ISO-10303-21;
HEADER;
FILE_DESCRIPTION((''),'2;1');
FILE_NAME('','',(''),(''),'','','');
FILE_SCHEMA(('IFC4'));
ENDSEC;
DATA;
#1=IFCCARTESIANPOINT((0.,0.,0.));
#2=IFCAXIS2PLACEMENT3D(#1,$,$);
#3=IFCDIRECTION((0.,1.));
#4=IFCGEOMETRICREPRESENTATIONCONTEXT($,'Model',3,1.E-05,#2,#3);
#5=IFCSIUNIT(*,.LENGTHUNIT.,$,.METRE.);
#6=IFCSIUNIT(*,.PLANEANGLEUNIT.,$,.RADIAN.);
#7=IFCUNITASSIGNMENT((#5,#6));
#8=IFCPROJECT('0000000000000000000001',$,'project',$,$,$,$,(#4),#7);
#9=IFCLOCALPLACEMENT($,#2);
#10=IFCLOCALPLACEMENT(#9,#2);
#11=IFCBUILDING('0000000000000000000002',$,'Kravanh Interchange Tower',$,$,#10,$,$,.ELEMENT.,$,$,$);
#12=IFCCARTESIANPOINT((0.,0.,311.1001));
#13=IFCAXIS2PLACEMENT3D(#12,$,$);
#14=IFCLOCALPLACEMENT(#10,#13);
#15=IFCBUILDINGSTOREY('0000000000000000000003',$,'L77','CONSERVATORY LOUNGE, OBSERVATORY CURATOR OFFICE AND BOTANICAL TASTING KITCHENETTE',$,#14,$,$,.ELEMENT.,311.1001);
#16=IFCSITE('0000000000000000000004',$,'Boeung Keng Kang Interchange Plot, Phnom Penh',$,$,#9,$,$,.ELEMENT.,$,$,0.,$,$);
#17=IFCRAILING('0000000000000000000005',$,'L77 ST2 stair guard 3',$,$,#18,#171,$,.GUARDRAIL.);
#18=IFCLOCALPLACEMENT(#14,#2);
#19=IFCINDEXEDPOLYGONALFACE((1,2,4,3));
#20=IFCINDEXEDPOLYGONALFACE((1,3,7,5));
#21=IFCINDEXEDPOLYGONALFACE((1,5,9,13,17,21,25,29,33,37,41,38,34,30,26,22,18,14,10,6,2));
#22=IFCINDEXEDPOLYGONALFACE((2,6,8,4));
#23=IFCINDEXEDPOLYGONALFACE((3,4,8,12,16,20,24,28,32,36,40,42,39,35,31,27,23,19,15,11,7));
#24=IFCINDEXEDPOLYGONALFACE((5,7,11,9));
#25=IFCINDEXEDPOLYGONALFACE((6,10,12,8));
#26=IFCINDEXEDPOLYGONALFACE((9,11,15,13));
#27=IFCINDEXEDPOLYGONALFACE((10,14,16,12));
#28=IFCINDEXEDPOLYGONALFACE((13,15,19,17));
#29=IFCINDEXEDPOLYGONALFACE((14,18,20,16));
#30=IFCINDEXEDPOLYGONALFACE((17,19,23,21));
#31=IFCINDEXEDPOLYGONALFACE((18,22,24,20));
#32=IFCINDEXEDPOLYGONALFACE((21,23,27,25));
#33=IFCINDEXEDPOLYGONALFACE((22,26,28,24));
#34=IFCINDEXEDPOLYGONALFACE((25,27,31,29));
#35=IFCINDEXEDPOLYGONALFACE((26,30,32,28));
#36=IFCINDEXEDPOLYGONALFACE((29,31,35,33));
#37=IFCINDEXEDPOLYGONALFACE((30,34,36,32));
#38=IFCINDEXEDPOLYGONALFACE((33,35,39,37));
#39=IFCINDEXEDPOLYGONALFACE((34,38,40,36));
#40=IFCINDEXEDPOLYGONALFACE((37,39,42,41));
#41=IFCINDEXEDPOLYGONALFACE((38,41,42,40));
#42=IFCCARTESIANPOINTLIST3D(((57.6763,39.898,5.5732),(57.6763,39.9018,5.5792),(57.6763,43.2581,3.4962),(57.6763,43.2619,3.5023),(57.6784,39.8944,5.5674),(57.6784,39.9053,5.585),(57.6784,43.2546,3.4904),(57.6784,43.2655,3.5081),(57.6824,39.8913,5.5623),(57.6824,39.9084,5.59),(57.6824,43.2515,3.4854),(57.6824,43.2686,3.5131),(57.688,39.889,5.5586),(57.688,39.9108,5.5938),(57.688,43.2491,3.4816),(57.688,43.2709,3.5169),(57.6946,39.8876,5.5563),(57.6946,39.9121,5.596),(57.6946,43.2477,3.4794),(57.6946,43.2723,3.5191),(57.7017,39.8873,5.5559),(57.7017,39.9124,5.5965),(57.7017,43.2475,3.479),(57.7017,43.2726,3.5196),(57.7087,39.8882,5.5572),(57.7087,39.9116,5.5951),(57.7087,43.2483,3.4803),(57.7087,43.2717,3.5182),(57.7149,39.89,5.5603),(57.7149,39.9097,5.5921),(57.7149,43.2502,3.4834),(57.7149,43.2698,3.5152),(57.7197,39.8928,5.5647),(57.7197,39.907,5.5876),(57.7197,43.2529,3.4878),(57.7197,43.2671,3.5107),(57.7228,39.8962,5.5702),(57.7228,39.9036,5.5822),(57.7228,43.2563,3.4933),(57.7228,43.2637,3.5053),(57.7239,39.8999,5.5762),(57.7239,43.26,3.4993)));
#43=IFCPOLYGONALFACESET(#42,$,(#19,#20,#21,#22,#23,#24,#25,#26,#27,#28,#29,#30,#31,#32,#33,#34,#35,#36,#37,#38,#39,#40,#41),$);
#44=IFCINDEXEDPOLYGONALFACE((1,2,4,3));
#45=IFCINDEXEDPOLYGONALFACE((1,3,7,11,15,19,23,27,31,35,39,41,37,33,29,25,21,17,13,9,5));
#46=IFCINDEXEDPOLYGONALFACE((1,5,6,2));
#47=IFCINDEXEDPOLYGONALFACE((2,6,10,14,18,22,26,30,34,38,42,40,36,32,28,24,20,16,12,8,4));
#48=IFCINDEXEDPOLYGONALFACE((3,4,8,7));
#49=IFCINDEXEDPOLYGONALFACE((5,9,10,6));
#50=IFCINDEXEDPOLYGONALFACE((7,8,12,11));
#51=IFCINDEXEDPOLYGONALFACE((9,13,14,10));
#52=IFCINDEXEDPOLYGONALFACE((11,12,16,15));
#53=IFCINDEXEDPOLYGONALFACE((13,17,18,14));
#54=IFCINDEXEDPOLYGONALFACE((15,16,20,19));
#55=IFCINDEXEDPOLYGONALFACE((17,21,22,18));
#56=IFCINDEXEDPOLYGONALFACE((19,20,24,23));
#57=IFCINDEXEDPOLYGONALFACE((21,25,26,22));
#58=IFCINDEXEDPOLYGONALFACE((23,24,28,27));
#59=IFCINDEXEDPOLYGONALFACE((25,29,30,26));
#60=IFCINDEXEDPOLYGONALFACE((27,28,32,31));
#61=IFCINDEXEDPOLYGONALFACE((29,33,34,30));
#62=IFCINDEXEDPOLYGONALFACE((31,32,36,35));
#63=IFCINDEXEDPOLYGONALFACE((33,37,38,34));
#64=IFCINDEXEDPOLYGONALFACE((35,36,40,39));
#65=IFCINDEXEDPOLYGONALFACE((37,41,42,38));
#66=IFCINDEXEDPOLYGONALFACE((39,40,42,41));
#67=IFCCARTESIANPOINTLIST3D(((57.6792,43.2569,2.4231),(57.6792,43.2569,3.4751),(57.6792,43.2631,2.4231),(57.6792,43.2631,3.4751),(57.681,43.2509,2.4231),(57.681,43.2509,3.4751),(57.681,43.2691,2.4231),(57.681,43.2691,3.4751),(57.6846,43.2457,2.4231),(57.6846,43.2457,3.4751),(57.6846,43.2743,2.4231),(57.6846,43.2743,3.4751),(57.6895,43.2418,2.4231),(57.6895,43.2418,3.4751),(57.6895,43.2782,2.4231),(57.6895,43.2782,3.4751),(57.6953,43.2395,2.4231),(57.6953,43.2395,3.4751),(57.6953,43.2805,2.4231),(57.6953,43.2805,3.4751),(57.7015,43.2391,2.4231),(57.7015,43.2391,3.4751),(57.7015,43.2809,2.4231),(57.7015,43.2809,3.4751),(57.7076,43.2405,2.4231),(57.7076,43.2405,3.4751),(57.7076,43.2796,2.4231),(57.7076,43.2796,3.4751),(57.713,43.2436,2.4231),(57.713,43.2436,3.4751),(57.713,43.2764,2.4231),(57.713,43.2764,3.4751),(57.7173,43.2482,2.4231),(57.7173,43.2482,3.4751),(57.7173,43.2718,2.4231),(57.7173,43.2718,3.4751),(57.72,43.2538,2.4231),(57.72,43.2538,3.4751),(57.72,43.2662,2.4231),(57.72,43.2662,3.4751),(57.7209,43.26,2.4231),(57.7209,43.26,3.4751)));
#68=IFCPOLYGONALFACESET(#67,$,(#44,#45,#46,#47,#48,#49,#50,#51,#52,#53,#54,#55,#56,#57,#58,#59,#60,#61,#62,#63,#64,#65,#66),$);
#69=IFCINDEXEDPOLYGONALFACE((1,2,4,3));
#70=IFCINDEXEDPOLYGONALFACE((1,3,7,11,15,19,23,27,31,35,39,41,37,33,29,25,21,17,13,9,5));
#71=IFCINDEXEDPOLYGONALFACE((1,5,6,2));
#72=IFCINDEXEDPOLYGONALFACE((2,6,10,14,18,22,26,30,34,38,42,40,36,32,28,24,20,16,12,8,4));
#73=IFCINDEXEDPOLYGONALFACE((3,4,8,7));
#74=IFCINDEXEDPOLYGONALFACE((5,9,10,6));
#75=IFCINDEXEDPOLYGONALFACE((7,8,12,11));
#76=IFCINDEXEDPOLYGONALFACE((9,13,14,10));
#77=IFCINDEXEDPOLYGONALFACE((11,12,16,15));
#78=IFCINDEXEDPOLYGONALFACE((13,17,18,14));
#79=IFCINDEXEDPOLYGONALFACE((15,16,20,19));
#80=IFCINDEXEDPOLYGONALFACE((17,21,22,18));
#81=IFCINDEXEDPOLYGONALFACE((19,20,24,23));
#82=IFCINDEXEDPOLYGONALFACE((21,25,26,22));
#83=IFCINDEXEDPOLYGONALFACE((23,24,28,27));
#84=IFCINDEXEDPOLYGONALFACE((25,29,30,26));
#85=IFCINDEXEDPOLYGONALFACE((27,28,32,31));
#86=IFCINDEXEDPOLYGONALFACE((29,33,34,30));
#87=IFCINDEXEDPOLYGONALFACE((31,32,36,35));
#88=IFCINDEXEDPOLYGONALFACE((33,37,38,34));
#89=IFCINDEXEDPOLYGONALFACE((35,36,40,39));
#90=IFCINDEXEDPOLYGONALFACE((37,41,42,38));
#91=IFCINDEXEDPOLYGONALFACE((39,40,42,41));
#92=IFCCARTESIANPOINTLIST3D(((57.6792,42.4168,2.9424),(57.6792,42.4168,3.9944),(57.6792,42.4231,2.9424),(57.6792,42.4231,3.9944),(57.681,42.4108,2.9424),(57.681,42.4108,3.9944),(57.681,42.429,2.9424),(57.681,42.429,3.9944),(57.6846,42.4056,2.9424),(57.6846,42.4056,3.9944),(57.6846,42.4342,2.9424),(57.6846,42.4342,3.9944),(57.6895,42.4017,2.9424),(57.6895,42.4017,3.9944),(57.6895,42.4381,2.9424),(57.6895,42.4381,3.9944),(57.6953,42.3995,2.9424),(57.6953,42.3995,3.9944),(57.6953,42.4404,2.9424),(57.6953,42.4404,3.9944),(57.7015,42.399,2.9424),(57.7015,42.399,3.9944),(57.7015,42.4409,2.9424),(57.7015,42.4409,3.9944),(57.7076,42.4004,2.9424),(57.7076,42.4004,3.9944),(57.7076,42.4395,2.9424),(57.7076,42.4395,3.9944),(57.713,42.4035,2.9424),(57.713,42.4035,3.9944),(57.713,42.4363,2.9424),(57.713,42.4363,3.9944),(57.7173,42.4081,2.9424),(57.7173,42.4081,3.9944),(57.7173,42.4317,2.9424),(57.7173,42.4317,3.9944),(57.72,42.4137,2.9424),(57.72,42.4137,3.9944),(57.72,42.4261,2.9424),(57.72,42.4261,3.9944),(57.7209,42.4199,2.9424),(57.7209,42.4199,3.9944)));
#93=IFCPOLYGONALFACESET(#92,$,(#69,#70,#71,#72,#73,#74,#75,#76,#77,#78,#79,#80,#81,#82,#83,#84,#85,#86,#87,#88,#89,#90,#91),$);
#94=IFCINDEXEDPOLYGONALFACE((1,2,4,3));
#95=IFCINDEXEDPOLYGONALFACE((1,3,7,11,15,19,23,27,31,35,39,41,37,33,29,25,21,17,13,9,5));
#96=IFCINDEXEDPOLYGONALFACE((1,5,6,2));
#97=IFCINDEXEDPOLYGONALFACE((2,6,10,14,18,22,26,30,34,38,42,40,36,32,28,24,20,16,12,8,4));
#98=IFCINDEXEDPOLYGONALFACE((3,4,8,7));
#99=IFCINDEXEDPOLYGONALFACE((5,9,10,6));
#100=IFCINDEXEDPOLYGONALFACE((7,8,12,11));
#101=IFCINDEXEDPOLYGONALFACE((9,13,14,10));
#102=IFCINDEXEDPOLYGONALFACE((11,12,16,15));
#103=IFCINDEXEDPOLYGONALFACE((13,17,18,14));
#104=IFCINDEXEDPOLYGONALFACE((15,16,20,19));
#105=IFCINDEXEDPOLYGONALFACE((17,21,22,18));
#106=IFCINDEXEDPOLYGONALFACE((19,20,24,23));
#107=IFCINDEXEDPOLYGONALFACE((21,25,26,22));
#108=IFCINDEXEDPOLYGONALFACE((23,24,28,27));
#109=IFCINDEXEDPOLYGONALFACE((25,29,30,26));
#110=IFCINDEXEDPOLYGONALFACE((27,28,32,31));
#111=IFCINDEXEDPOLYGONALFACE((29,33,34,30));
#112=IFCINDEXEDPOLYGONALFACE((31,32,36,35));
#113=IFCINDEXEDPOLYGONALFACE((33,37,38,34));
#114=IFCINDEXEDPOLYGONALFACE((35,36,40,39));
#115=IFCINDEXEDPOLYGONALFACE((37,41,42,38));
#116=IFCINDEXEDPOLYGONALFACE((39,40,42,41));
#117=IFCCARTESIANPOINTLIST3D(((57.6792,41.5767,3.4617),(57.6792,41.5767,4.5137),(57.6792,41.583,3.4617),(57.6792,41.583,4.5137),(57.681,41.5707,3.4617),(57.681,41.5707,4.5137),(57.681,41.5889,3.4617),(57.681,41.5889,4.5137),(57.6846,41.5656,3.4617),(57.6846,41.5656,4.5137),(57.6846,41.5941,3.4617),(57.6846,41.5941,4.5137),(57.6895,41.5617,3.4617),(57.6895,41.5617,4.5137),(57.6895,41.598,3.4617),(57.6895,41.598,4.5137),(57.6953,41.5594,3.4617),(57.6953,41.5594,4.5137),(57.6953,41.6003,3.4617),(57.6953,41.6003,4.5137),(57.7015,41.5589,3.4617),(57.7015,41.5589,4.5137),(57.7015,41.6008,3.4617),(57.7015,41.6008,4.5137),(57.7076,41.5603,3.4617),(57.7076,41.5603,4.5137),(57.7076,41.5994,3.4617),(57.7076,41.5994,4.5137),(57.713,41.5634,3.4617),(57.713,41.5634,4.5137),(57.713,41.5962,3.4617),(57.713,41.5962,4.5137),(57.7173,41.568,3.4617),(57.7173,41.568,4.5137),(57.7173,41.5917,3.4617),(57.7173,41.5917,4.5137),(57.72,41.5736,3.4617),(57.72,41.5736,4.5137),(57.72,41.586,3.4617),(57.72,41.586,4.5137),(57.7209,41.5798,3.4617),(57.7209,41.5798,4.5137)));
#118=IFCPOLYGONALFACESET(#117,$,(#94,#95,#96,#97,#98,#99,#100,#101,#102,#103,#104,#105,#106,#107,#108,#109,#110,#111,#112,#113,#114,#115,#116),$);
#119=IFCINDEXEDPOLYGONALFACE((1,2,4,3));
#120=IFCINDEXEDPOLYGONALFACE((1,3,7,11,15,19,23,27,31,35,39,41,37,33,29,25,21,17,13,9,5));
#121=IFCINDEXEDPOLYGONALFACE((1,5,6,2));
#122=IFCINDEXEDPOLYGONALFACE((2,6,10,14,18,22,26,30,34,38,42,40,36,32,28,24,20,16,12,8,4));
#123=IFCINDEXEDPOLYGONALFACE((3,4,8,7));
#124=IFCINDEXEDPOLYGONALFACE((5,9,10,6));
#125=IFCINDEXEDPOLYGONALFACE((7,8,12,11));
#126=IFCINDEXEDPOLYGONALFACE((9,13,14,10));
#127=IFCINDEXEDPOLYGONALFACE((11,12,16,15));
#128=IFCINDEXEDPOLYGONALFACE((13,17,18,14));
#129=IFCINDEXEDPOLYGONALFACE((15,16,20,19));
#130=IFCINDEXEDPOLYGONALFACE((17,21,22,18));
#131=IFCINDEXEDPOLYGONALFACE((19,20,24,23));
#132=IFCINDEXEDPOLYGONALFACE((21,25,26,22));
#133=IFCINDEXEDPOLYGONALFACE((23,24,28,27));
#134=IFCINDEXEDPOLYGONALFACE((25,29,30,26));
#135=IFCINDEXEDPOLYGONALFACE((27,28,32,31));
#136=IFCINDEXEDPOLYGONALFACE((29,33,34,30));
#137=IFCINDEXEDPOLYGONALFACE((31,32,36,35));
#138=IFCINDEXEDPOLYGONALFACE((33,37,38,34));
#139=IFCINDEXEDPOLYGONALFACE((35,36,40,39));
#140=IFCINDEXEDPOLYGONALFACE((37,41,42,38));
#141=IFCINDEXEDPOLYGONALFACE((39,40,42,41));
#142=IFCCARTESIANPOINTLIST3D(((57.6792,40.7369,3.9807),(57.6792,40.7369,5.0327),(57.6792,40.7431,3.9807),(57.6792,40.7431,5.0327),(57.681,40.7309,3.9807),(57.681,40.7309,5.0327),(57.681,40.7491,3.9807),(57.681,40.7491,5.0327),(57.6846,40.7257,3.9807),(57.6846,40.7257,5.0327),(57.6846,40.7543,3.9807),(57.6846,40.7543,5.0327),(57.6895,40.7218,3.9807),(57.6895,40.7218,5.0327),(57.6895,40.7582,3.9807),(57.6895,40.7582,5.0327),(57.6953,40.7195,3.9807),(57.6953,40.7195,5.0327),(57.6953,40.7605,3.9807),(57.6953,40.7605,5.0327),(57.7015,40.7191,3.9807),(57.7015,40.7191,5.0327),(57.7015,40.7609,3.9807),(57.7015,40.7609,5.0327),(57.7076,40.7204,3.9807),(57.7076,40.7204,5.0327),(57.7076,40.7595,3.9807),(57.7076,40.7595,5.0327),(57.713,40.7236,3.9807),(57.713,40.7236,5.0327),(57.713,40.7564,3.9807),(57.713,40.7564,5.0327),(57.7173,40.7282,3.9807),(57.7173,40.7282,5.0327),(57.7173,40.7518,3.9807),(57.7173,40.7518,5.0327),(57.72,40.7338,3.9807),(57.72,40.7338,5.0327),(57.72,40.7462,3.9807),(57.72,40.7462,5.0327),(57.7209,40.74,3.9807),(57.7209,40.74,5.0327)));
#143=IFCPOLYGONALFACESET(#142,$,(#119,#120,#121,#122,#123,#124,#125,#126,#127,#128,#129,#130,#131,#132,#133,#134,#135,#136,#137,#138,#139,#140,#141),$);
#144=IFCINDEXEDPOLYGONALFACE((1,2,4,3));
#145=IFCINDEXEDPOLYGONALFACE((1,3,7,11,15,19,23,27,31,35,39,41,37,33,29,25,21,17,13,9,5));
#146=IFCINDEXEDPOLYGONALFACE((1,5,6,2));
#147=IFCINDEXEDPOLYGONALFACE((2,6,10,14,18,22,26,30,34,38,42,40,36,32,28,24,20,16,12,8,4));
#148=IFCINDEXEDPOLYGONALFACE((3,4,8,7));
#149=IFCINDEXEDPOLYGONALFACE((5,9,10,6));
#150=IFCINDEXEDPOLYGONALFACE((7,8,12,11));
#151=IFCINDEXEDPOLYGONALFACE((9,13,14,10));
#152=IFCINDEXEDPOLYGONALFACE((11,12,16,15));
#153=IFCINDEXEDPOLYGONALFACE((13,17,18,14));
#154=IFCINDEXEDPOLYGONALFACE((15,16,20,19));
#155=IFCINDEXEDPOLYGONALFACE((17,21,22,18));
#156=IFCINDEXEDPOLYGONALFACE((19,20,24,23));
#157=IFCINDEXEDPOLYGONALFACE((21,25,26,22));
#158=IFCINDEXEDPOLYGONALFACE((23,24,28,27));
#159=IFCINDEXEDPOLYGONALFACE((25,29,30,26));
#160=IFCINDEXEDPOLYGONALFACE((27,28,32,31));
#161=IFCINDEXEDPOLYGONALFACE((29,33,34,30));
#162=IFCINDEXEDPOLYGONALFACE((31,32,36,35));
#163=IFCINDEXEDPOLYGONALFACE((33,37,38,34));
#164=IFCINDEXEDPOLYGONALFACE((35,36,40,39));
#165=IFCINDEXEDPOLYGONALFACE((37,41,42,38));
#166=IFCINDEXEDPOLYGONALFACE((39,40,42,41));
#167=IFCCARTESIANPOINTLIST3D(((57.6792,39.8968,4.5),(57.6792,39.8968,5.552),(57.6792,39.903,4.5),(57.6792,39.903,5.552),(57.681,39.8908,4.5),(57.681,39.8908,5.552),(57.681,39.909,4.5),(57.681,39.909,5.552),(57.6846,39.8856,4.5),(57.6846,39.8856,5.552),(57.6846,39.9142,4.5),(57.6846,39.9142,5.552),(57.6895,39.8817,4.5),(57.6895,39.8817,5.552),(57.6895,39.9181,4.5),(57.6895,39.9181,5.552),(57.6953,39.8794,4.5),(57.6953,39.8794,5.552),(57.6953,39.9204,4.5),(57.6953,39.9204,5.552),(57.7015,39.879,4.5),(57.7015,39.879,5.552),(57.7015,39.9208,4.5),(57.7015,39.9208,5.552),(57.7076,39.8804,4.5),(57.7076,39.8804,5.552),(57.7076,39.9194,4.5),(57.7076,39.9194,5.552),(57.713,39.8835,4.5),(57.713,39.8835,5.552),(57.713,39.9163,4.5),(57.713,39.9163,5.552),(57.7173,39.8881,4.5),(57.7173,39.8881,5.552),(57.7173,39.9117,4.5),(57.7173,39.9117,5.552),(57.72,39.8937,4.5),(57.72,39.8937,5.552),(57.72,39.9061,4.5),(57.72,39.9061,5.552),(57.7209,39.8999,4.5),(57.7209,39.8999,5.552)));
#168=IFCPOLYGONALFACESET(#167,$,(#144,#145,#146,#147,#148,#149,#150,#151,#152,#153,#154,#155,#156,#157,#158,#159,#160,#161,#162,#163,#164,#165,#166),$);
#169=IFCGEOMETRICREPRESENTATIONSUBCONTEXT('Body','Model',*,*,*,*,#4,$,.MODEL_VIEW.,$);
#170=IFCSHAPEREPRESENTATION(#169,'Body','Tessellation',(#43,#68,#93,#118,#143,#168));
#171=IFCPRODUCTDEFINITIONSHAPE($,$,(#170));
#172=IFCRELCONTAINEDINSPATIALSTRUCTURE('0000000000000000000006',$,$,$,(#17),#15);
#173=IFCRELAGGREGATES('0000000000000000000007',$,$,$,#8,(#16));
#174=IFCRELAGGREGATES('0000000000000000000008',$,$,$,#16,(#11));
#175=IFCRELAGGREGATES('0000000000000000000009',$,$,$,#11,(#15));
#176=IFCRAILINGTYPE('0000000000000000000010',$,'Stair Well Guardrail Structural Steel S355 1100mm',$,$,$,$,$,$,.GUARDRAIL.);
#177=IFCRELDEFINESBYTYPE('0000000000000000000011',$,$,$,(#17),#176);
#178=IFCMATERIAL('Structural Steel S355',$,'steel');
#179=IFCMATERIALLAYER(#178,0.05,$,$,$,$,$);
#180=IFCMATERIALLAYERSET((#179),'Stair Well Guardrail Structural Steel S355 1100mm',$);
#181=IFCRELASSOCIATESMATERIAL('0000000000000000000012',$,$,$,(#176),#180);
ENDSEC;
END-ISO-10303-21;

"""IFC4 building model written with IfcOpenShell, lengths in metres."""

from ifc_helpers import new_model, si_unit, direction, frame, origin, origin_2d, place, context, subcontext, project, spatial, circle, extrude, material, layer, layer_set, type_object, element, save


model = new_model("IFC4")

# Units and contexts
model_context = context("Model", 3, precision=1e-05, world=origin(), true_north=direction((0.0, 1.0)))
body_context = subcontext(model_context, "Body", "Model", "MODEL_VIEW")
ifc_project = project(units=[si_unit("LENGTHUNIT", "METRE"), si_unit("PLANEANGLEUNIT", "RADIAN")], contexts=[model_context])

# Site, building, storey
site_placement = place(None, origin())
site = spatial("IfcSite", under=ifc_project, at=site_placement, Name="Boeung Keng Kang Interchange Plot, Phnom Penh", CompositionType="ELEMENT", RefElevation=0.0)
building_placement = place(site_placement, origin())
building = spatial("IfcBuilding", under=site, at=building_placement, Name="Kravanh Interchange Tower", CompositionType="ELEMENT")
storey_placement = place(building_placement, frame((0.0, 0.0, 311.1001)))
storey = spatial("IfcBuildingStorey", under=building, at=storey_placement, Name="L77", Description="CONSERVATORY LOUNGE, OBSERVATORY CURATOR OFFICE AND BOTANICAL TASTING KITCHENETTE", CompositionType="ELEMENT", Elevation=311.1001)

# Railing
ifc_material_1 = material(Name="Structural Steel S355", Category="steel")
ifc_layer_1 = layer(ifc_material_1, 0.05)
ifc_layer_set_1 = layer_set([ifc_layer_1], Name="Stair Well Guardrail Structural Steel S355 1100mm")
railing_type_1 = type_object("IfcRailingType", Name="Stair Well Guardrail Structural Steel S355 1100mm", PredefinedType="GUARDRAIL", material=ifc_layer_set_1)
railing_1_placement = place(storey_placement, frame((57.7, 43.26, 2.4231)))
element("IfcRailing", 1, at=railing_1_placement, inside=storey, type_object=railing_type_1, Name="L77 ST2 stair guard 3", PredefinedType="GUARDRAIL", context=body_context, shape_type="SweptSolid", body=[
    extrude(circle(Radius=0.0239, at=origin_2d()), frame((0.0, 0.0, 1.0762), z_axis=(0.0, -0.850623, 0.525776), x_axis=(1.0, 0.0, 0.0)), (0.0, 0.0, 1.0), 3.9502),
    extrude(circle(Radius=0.021, at=origin_2d()), origin(), (0.0, 0.0, 1.0), 1.052),
    extrude(circle(Radius=0.021, at=origin_2d()), frame((0.0, -0.8401, 0.5193)), (0.0, 0.0, 1.0), 1.052),
    extrude(circle(Radius=0.021, at=origin_2d()), frame((0.0, -1.6802, 1.0386)), (0.0, 0.0, 1.0), 1.052),
    extrude(circle(Radius=0.021, at=origin_2d()), frame((0.0, -2.52, 1.5576)), (0.0, 0.0, 1.0), 1.052),
    extrude(circle(Radius=0.021, at=origin_2d()), frame((0.0, -3.3601, 2.0769)), (0.0, 0.0, 1.0), 1.052),
])

save(model, "model.ifc")
